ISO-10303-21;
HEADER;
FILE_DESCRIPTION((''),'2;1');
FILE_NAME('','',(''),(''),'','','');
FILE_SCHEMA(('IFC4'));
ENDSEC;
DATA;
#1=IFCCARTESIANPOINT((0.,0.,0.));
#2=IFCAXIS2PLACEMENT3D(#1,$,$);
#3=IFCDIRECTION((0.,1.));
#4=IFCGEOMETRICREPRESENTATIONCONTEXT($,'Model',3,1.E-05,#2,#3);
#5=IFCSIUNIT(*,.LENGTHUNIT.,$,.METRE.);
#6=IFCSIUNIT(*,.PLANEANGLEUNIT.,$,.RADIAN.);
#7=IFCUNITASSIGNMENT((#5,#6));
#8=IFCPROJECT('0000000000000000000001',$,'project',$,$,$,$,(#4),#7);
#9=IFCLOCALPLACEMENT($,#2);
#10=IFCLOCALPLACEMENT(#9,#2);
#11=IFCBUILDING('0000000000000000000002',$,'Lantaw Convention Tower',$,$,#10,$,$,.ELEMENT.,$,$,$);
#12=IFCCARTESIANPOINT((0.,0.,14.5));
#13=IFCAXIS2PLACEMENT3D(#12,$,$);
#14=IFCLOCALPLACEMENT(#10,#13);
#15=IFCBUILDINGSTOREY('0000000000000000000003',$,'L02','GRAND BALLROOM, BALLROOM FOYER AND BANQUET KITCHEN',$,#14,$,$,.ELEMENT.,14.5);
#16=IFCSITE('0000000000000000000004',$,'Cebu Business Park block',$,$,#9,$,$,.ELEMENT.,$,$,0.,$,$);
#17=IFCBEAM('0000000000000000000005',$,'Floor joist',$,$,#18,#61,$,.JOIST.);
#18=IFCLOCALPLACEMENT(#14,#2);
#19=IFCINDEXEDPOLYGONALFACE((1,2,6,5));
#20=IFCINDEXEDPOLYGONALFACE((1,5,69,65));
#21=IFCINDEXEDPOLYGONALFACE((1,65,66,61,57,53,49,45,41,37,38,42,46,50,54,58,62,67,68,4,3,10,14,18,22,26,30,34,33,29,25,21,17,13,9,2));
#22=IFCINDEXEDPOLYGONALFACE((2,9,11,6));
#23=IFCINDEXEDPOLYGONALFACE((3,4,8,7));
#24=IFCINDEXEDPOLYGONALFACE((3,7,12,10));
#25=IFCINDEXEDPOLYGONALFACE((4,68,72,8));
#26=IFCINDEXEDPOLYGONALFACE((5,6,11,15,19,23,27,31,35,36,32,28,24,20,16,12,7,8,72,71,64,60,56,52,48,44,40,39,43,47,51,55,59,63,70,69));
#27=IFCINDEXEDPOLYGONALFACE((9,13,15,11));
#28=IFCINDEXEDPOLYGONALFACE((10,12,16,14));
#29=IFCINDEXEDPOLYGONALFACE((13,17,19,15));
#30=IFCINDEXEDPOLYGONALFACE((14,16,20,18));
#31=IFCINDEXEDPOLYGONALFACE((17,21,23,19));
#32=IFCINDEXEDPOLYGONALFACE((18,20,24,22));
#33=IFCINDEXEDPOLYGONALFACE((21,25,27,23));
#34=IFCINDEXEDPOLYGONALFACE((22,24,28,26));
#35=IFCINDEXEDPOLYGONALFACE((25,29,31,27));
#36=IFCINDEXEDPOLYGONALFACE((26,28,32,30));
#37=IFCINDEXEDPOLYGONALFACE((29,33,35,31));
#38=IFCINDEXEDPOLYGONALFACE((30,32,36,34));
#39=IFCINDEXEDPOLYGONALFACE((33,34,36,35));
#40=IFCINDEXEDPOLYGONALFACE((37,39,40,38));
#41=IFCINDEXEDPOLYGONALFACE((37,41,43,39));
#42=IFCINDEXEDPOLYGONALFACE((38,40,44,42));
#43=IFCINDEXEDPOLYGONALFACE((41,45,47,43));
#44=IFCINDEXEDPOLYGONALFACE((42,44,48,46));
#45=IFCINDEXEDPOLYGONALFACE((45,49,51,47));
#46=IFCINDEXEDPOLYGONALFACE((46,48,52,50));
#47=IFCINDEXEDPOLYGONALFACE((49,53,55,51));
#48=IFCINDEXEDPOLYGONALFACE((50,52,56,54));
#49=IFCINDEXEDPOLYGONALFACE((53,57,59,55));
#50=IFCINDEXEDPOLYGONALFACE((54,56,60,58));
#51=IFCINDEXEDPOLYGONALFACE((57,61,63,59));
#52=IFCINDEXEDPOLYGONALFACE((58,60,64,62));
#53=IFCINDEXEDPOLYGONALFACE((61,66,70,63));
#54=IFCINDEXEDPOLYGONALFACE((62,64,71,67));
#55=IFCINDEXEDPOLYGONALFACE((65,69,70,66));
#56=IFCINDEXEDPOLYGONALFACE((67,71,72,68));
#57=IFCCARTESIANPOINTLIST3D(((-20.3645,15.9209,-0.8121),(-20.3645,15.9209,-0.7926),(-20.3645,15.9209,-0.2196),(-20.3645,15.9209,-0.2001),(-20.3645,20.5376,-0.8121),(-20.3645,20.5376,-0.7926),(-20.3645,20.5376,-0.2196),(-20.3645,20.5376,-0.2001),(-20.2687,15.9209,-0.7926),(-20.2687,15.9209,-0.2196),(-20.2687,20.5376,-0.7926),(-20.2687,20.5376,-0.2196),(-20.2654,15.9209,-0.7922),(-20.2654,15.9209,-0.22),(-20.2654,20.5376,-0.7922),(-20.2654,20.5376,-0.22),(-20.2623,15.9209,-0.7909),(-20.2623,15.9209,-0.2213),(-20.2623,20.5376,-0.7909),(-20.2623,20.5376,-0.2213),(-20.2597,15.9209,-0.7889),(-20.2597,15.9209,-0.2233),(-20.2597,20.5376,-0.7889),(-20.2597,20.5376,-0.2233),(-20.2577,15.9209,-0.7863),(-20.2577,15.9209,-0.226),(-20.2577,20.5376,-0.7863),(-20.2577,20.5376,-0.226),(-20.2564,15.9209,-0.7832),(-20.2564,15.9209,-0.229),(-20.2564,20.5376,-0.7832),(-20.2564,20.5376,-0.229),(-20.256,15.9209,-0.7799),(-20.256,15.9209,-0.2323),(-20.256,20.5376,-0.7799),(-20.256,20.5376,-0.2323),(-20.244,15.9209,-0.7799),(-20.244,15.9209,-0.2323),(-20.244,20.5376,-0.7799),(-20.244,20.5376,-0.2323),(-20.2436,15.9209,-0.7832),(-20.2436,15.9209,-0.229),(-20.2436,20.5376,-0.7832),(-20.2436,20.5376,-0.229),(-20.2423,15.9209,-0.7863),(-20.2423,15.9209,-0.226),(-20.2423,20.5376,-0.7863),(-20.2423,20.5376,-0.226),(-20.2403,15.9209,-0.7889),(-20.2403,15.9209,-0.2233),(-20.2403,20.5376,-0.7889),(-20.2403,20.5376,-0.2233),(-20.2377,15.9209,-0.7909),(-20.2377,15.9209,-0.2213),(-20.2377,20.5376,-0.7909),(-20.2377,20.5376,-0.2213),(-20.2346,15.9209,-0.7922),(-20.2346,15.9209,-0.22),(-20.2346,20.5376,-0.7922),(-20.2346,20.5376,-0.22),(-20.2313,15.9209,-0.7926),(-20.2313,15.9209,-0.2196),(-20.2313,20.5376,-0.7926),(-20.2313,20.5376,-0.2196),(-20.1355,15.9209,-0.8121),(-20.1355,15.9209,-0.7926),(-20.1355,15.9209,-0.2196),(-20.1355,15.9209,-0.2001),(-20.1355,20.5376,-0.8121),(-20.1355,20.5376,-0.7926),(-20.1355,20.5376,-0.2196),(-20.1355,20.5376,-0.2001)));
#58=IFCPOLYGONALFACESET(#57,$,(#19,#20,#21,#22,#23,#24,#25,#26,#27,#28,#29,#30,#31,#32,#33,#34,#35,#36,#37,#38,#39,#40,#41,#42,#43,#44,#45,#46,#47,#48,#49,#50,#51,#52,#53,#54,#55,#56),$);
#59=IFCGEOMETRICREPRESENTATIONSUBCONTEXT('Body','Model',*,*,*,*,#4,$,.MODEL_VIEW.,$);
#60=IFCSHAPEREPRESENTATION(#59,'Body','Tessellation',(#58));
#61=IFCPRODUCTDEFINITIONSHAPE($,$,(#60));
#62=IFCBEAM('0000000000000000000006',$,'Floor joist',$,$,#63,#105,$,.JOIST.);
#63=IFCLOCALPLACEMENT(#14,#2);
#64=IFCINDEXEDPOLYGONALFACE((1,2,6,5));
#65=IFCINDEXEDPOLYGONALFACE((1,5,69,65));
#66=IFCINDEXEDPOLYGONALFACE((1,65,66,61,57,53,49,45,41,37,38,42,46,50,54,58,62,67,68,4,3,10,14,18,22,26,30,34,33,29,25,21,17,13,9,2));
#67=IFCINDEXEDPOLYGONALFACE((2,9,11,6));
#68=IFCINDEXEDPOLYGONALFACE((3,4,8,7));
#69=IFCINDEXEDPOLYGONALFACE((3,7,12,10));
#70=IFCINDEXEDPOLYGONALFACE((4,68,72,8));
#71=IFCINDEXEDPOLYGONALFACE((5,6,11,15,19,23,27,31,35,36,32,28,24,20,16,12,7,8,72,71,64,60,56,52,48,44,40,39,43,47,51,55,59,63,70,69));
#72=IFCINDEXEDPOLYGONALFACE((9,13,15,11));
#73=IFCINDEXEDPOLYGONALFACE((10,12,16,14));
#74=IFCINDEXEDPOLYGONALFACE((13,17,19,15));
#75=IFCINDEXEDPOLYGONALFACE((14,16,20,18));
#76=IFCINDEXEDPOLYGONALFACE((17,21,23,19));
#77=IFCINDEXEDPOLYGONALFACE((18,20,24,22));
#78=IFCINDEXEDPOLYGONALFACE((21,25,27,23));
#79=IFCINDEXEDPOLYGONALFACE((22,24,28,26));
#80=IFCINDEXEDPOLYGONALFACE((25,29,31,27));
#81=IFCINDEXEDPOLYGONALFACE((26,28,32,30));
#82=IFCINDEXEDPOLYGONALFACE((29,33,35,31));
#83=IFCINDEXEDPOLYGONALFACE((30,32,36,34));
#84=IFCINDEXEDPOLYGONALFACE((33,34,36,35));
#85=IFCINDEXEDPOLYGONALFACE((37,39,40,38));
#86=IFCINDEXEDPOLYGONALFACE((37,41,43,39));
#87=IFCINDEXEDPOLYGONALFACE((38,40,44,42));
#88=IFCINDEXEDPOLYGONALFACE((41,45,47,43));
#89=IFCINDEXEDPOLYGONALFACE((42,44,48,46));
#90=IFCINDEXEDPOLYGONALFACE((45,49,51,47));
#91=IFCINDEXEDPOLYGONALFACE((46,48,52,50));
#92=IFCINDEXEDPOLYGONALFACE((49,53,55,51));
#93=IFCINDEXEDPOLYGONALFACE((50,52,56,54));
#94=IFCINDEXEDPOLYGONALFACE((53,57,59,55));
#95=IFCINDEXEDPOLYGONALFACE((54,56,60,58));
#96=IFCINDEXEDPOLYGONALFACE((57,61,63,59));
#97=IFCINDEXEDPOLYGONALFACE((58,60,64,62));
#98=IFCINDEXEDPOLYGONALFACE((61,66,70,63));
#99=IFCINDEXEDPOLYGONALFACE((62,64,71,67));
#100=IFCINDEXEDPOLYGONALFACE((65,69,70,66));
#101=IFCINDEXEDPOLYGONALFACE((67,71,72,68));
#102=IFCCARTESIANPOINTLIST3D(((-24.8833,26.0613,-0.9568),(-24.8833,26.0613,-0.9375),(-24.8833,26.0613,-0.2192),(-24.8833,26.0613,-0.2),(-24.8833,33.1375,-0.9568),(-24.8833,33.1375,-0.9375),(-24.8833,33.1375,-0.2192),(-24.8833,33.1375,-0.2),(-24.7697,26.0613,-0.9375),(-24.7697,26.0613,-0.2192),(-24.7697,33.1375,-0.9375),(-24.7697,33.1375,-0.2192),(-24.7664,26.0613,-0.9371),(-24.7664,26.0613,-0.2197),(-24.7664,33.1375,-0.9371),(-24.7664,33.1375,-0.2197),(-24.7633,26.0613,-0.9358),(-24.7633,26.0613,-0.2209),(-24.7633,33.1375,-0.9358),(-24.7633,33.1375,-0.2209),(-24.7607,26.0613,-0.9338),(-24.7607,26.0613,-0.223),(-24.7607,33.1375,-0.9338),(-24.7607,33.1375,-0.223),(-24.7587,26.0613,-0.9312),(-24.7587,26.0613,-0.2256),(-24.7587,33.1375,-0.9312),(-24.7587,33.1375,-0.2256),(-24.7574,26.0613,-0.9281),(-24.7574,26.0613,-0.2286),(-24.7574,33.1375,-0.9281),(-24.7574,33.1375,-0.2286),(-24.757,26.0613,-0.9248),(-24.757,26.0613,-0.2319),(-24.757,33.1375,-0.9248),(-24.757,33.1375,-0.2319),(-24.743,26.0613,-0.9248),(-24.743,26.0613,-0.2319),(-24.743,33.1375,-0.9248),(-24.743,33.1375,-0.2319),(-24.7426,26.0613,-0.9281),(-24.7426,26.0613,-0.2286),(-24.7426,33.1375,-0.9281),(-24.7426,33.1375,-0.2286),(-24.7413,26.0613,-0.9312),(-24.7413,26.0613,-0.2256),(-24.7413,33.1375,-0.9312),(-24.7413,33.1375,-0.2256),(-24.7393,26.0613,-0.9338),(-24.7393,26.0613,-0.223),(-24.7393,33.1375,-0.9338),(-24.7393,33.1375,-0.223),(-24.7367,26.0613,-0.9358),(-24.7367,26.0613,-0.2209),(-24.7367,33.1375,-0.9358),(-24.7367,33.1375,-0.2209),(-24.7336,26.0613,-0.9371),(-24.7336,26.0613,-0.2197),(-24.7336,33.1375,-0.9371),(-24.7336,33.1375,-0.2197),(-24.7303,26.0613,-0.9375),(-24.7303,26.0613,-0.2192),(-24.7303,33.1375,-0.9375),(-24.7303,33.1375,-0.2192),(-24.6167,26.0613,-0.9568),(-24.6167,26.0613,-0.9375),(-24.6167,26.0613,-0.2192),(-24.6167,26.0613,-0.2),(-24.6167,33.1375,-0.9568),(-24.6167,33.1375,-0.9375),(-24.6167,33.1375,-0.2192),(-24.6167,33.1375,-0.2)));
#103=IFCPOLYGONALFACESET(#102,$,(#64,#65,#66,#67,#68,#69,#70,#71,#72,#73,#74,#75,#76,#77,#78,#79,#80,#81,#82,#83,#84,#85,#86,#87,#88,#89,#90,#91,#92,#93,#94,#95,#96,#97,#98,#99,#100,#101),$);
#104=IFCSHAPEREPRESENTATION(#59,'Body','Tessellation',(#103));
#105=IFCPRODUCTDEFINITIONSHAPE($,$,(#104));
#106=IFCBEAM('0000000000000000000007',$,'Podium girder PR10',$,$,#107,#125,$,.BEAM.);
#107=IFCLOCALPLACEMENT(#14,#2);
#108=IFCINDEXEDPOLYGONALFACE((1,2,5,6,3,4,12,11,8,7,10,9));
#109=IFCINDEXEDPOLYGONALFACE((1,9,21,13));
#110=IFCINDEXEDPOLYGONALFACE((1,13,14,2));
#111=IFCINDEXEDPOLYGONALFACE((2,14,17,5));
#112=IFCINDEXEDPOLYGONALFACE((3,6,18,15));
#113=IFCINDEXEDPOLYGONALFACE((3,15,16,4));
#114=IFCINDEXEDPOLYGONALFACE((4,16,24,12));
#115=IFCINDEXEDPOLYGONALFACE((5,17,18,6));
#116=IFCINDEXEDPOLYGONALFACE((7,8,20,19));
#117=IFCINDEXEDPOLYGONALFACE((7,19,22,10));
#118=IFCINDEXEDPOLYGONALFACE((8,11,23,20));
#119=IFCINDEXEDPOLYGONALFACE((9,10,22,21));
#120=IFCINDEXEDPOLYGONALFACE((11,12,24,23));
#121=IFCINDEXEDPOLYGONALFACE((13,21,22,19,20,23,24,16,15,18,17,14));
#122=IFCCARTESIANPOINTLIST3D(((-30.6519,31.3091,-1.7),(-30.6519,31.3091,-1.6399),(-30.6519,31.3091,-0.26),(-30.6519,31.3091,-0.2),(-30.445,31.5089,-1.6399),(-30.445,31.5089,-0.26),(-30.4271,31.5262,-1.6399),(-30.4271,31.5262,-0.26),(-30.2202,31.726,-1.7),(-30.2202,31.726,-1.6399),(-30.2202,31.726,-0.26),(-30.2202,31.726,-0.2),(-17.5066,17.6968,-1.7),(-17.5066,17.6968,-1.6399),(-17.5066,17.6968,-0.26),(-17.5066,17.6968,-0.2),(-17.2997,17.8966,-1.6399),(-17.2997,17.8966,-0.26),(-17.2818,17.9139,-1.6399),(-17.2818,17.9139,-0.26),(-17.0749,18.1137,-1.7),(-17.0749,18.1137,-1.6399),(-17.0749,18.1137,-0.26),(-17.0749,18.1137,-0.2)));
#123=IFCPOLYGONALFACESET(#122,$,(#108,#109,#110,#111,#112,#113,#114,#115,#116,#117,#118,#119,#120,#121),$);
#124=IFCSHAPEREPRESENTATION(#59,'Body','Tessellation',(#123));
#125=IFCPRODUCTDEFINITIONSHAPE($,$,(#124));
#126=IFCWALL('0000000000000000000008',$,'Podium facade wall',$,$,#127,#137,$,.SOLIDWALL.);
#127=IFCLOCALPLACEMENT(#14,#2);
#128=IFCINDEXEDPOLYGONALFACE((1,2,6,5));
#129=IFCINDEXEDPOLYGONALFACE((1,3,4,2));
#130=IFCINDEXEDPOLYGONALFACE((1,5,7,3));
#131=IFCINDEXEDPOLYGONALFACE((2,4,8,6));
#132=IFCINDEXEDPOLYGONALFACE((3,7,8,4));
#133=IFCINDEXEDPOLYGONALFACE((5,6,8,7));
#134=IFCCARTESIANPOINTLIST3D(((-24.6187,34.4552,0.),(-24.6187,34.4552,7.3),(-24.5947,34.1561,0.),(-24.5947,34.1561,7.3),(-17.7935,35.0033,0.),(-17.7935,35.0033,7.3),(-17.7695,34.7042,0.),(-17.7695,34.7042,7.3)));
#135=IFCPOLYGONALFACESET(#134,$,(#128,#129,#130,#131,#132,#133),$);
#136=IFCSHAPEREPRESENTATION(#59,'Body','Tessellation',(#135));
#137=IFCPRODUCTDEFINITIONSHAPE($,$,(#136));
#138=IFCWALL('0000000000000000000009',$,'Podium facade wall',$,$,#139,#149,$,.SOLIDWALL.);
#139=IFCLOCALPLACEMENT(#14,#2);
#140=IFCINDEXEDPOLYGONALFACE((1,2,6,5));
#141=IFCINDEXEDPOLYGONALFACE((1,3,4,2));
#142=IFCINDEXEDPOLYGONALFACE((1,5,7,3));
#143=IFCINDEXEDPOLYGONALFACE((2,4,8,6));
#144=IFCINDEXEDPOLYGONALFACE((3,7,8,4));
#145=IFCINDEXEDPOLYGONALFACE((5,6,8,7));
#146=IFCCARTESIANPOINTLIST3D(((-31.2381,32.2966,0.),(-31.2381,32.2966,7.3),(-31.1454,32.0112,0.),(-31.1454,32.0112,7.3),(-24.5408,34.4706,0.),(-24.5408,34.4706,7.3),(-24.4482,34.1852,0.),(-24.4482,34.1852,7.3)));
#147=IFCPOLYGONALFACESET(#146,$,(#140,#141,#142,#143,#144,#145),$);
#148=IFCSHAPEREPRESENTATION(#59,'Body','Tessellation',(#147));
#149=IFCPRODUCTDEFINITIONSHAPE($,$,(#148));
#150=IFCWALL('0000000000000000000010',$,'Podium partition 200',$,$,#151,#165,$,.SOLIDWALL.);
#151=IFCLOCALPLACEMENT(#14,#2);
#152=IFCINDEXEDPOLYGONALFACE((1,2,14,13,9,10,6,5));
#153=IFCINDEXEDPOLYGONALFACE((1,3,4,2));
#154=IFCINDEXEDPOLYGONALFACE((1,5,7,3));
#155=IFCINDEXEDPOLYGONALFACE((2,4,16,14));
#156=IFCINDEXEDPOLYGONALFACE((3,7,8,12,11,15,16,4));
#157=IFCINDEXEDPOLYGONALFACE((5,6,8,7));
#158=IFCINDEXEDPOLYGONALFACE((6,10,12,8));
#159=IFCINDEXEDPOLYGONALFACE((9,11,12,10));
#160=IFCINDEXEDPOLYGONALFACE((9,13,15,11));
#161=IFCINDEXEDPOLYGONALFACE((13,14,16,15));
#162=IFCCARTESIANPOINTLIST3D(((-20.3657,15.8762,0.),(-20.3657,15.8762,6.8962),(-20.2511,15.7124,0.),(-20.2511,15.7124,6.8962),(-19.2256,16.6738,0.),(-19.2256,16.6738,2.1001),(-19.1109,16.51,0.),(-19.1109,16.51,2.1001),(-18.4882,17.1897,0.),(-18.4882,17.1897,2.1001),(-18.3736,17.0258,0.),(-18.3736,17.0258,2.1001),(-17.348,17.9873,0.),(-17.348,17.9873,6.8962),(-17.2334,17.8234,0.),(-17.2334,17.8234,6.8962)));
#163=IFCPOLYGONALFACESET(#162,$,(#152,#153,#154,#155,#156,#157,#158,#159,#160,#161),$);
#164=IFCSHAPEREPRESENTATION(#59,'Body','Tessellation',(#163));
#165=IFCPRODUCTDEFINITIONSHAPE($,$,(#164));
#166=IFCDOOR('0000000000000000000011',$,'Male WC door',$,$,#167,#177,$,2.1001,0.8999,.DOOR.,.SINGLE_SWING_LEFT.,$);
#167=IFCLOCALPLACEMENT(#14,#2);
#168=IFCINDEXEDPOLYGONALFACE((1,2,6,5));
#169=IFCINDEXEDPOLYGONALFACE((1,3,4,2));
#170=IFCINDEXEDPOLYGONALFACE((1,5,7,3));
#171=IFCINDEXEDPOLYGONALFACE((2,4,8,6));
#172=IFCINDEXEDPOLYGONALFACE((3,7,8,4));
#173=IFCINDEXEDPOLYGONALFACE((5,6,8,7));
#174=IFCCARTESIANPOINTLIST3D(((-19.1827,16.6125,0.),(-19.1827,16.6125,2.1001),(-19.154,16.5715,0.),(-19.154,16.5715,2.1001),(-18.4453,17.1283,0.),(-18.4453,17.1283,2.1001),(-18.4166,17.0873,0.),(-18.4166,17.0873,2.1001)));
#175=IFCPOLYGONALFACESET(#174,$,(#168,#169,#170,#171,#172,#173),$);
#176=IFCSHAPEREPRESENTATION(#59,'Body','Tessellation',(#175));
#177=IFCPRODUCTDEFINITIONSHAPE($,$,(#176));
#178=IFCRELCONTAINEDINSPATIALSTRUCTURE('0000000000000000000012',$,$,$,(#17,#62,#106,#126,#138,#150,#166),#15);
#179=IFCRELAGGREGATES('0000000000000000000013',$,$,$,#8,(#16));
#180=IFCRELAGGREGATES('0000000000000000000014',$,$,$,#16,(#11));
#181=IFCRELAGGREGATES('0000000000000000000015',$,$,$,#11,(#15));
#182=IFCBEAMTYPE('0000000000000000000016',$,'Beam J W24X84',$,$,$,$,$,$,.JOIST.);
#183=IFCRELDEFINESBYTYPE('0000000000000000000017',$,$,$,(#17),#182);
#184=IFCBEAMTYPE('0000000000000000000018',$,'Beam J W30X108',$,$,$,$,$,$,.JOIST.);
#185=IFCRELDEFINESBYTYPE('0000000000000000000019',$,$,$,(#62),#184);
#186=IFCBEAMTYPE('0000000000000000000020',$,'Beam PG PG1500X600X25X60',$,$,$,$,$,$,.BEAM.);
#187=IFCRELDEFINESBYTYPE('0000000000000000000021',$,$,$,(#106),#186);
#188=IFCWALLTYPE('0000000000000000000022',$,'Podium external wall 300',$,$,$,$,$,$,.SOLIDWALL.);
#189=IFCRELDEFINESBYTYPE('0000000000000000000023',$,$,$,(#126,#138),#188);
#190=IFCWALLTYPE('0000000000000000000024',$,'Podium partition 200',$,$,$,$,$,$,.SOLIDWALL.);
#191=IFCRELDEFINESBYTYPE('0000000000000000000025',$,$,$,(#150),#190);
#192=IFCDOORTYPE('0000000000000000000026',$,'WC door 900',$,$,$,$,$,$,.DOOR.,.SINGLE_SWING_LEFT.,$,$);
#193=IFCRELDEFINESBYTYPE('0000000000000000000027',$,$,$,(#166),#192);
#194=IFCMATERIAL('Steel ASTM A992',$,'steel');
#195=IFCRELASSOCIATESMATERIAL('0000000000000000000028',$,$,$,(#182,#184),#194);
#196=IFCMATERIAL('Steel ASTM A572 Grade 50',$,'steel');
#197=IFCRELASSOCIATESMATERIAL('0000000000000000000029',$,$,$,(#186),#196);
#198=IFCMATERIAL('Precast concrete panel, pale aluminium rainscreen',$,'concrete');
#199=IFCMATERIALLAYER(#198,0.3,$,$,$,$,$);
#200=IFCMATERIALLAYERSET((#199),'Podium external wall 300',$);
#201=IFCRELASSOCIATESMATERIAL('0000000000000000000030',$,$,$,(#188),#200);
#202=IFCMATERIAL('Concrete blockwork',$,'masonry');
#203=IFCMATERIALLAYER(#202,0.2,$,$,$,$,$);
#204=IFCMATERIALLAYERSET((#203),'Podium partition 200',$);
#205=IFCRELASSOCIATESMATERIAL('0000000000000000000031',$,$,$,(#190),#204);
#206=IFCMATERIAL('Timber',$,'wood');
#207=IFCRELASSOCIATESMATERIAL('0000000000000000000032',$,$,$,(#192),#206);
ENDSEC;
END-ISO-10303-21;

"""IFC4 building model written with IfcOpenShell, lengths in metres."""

from ifc_helpers import new_model, si_unit, direction, frame, frame_2d, origin, origin_2d, place, context, subcontext, project, spatial, rectangle, i_section, extrude, material, layer, layer_set, material_profile, profile_set, type_object, element, fill, save


model = new_model("IFC4")

# Units and contexts
model_context = context("Model", 3, precision=1e-05, world=origin(), true_north=direction((0.0, 1.0)))
body_context = subcontext(model_context, "Body", "Model", "MODEL_VIEW")
ifc_project = project(units=[si_unit("LENGTHUNIT", "METRE"), si_unit("PLANEANGLEUNIT", "RADIAN")], contexts=[model_context])

# Site, building, storey
site_placement = place(None, origin())
site = spatial("IfcSite", under=ifc_project, at=site_placement, Name="Cebu Business Park block", CompositionType="ELEMENT", RefElevation=0.0)
building_placement = place(site_placement, origin())
building = spatial("IfcBuilding", under=site, at=building_placement, Name="Lantaw Convention Tower", CompositionType="ELEMENT")
storey_placement = place(building_placement, frame((0.0, 0.0, 14.5)))
storey = spatial("IfcBuildingStorey", under=building, at=storey_placement, Name="L02", Description="GRAND BALLROOM, BALLROOM FOYER AND BANQUET KITCHEN", CompositionType="ELEMENT", Elevation=14.5)

# Shared definitions
ifc_material_1 = material(Name="Steel ASTM A572 Grade 50", Category="steel")

# Beams
ifc_material_2 = material(Name="Steel ASTM A992", Category="steel")
ifc_material_profile_1 = material_profile(ifc_material_2, i_section(OverallWidth=0.229, OverallDepth=0.6121, WebThickness=0.012, FlangeThickness=0.0195, FilletRadius=0.0127, at=origin_2d()), Name="W24X84")
ifc_profile_set_1 = profile_set([ifc_material_profile_1], Name="Steel ASTM A992")
beam_type_1 = type_object("IfcBeamType", Name="Beam J W24X84", PredefinedType="JOIST", material=ifc_profile_set_1)
beam_1_placement = place(storey_placement, frame((-20.25, 15.9209, -0.5061), z_axis=(0.0, 1.0, 0.0), x_axis=(-1.0, 0.0, 0.0)))
element("IfcBeam", 1, at=beam_1_placement, inside=storey, type_object=beam_type_1, Name="Floor joist", PredefinedType="JOIST", context=body_context, shape_type="SweptSolid", body=[
    extrude(i_section(OverallWidth=0.229, OverallDepth=0.6121, WebThickness=0.012, FlangeThickness=0.0195, FilletRadius=0.0127, at=origin_2d()), origin(), (0.0, 0.0, 1.0), 4.6167),
])
ifc_material_profile_2 = material_profile(ifc_material_2, i_section(OverallWidth=0.2666, OverallDepth=0.7568, WebThickness=0.0139, FlangeThickness=0.0193, FilletRadius=0.0127, at=origin_2d()), Name="W30X108")
ifc_profile_set_2 = profile_set([ifc_material_profile_2], Name="Steel ASTM A992")
beam_type_2 = type_object("IfcBeamType", Name="Beam J W30X108", PredefinedType="JOIST", material=ifc_profile_set_2)
beam_2_placement = place(storey_placement, frame((-24.75, 26.0613, -0.5784), z_axis=(0.0, 1.0, 0.0), x_axis=(-1.0, 0.0, 0.0)))
element("IfcBeam", 2, at=beam_2_placement, inside=storey, type_object=beam_type_2, Name="Floor joist", PredefinedType="JOIST", context=body_context, shape_type="SweptSolid", body=[
    extrude(i_section(OverallWidth=0.2666, OverallDepth=0.7568, WebThickness=0.0139, FlangeThickness=0.0193, FilletRadius=0.0127, at=origin_2d()), origin(), (0.0, 0.0, 1.0), 7.0762),
])
ifc_material_profile_3 = material_profile(ifc_material_1, i_section(OverallWidth=0.6001, OverallDepth=1.5, WebThickness=0.0249, FlangeThickness=0.0601, at=origin_2d()), Name="PG1500X600X25X60")
ifc_profile_set_3 = profile_set([ifc_material_profile_3], Name="Steel ASTM A572 Grade 50")
beam_type_3 = type_object("IfcBeamType", Name="Beam PG PG1500X600X25X60", PredefinedType="BEAM", material=ifc_profile_set_3)
beam_3_placement = place(storey_placement, frame((-17.2908, 17.9053, -0.95), z_axis=(-0.694659, 0.719339, 0.0), x_axis=(-0.719339, -0.694659, 0.0)))
element("IfcBeam", 3, at=beam_3_placement, inside=storey, type_object=beam_type_3, Name="Podium girder PR10", PredefinedType="BEAM", context=body_context, shape_type="SweptSolid", body=[
    extrude(i_section(OverallWidth=0.6001, OverallDepth=1.5, WebThickness=0.0249, FlangeThickness=0.0601, at=origin_2d()), origin(), (0.0, 0.0, 1.0), 18.9233),
])

# Walls
ifc_material_3 = material(Name="Precast concrete panel, pale aluminium rainscreen", Category="concrete")
ifc_layer_1 = layer(ifc_material_3, 0.3)
ifc_layer_set_1 = layer_set([ifc_layer_1], Name="Podium external wall 300")
wall_type_1 = type_object("IfcWallType", Name="Podium external wall 300", PredefinedType="SOLIDWALL", material=ifc_layer_set_1)
wall_1_placement = place(storey_placement, frame((-17.7815, 34.8538, 0.0), z_axis=(0.0, 0.0, 1.0), x_axis=(-0.996791, -0.080047, 0.0)))
element("IfcWall", 4, at=wall_1_placement, inside=storey, type_object=wall_type_1, Name="Podium facade wall", PredefinedType="SOLIDWALL", context=body_context, shape_type="SweptSolid", body=[
    extrude(rectangle(XDim=6.8472, YDim=0.3, at=frame_2d((3.4236, 0.0))), origin(), (0.0, 0.0, 1.0), 7.3),
])
wall_2_placement = place(storey_placement, frame((-24.4946, 34.3279, 0.0), z_axis=(0.0, 0.0, 1.0), x_axis=(-0.95114, -0.30876, 0.0)))
element("IfcWall", 5, at=wall_2_placement, inside=storey, type_object=wall_type_1, Name="Podium facade wall", PredefinedType="SOLIDWALL", context=body_context, shape_type="SweptSolid", body=[
    extrude(rectangle(XDim=7.0413, YDim=0.3, at=frame_2d((3.5205, 0.0))), origin(), (0.0, 0.0, 1.0), 7.3),
])

# Wall, opening, door
ifc_material_4 = material(Name="Concrete blockwork", Category="masonry")
ifc_layer_2 = layer(ifc_material_4, 0.2)
ifc_layer_set_2 = layer_set([ifc_layer_2], Name="Podium partition 200")
wall_type_2 = type_object("IfcWallType", Name="Podium partition 200", PredefinedType="SOLIDWALL", material=ifc_layer_set_2)
wall_3_placement = place(storey_placement, frame((-17.2908, 17.9053, 0.0), z_axis=(0.0, 0.0, 1.0), x_axis=(-0.819409, -0.573209, 0.0)))
wall_3 = element("IfcWall", 6, at=wall_3_placement, inside=storey, type_object=wall_type_2, Name="Podium partition 200", PredefinedType="SOLIDWALL", context=body_context, shape_type="SweptSolid", body=[
    extrude(rectangle(XDim=3.6829, YDim=0.2, at=frame_2d((1.8413, 0.0))), origin(), (0.0, 0.0, 1.0), 6.8962),
])
opening_1_placement = place(wall_3_placement, frame((1.3914, 0.0, 0.0)))
opening_1 = element("IfcOpeningElement", 7, at=opening_1_placement, cuts=wall_3, PredefinedType="OPENING", context=body_context, shape_type="SweptSolid", body=[
    extrude(rectangle(XDim=0.8999, YDim=2.1001, at=frame_2d((0.45, 1.05))), frame((0.0, 0.1099, 0.0), z_axis=(0.0, -1.0, 0.0), x_axis=(1.0, 0.0, 0.0)), (0.0, 0.0, 1.0), 0.22),
])
ifc_material_5 = material(Name="Timber", Category="wood")
door_type_1 = type_object("IfcDoorType", Name="WC door 900", OperationType="SINGLE_SWING_LEFT", PredefinedType="DOOR", material=ifc_material_5)
door_1_placement = place(opening_1_placement, origin())
door_1 = element("IfcDoor", 8, at=door_1_placement, inside=storey, type_object=door_type_1, Name="Male WC door", OperationType="SINGLE_SWING_LEFT", OverallHeight=2.1001, OverallWidth=0.8999, PredefinedType="DOOR", context=body_context, shape_type="SweptSolid", body=[
    extrude(rectangle(XDim=0.8999, YDim=2.1001, at=frame_2d((0.45, 1.05))), frame((0.0, 0.0249, 0.0), z_axis=(0.0, -1.0, 0.0), x_axis=(1.0, 0.0, 0.0)), (0.0, 0.0, 1.0), 0.05),
])
fill(opening_1, door_1)

save(model, "model.ifc")
